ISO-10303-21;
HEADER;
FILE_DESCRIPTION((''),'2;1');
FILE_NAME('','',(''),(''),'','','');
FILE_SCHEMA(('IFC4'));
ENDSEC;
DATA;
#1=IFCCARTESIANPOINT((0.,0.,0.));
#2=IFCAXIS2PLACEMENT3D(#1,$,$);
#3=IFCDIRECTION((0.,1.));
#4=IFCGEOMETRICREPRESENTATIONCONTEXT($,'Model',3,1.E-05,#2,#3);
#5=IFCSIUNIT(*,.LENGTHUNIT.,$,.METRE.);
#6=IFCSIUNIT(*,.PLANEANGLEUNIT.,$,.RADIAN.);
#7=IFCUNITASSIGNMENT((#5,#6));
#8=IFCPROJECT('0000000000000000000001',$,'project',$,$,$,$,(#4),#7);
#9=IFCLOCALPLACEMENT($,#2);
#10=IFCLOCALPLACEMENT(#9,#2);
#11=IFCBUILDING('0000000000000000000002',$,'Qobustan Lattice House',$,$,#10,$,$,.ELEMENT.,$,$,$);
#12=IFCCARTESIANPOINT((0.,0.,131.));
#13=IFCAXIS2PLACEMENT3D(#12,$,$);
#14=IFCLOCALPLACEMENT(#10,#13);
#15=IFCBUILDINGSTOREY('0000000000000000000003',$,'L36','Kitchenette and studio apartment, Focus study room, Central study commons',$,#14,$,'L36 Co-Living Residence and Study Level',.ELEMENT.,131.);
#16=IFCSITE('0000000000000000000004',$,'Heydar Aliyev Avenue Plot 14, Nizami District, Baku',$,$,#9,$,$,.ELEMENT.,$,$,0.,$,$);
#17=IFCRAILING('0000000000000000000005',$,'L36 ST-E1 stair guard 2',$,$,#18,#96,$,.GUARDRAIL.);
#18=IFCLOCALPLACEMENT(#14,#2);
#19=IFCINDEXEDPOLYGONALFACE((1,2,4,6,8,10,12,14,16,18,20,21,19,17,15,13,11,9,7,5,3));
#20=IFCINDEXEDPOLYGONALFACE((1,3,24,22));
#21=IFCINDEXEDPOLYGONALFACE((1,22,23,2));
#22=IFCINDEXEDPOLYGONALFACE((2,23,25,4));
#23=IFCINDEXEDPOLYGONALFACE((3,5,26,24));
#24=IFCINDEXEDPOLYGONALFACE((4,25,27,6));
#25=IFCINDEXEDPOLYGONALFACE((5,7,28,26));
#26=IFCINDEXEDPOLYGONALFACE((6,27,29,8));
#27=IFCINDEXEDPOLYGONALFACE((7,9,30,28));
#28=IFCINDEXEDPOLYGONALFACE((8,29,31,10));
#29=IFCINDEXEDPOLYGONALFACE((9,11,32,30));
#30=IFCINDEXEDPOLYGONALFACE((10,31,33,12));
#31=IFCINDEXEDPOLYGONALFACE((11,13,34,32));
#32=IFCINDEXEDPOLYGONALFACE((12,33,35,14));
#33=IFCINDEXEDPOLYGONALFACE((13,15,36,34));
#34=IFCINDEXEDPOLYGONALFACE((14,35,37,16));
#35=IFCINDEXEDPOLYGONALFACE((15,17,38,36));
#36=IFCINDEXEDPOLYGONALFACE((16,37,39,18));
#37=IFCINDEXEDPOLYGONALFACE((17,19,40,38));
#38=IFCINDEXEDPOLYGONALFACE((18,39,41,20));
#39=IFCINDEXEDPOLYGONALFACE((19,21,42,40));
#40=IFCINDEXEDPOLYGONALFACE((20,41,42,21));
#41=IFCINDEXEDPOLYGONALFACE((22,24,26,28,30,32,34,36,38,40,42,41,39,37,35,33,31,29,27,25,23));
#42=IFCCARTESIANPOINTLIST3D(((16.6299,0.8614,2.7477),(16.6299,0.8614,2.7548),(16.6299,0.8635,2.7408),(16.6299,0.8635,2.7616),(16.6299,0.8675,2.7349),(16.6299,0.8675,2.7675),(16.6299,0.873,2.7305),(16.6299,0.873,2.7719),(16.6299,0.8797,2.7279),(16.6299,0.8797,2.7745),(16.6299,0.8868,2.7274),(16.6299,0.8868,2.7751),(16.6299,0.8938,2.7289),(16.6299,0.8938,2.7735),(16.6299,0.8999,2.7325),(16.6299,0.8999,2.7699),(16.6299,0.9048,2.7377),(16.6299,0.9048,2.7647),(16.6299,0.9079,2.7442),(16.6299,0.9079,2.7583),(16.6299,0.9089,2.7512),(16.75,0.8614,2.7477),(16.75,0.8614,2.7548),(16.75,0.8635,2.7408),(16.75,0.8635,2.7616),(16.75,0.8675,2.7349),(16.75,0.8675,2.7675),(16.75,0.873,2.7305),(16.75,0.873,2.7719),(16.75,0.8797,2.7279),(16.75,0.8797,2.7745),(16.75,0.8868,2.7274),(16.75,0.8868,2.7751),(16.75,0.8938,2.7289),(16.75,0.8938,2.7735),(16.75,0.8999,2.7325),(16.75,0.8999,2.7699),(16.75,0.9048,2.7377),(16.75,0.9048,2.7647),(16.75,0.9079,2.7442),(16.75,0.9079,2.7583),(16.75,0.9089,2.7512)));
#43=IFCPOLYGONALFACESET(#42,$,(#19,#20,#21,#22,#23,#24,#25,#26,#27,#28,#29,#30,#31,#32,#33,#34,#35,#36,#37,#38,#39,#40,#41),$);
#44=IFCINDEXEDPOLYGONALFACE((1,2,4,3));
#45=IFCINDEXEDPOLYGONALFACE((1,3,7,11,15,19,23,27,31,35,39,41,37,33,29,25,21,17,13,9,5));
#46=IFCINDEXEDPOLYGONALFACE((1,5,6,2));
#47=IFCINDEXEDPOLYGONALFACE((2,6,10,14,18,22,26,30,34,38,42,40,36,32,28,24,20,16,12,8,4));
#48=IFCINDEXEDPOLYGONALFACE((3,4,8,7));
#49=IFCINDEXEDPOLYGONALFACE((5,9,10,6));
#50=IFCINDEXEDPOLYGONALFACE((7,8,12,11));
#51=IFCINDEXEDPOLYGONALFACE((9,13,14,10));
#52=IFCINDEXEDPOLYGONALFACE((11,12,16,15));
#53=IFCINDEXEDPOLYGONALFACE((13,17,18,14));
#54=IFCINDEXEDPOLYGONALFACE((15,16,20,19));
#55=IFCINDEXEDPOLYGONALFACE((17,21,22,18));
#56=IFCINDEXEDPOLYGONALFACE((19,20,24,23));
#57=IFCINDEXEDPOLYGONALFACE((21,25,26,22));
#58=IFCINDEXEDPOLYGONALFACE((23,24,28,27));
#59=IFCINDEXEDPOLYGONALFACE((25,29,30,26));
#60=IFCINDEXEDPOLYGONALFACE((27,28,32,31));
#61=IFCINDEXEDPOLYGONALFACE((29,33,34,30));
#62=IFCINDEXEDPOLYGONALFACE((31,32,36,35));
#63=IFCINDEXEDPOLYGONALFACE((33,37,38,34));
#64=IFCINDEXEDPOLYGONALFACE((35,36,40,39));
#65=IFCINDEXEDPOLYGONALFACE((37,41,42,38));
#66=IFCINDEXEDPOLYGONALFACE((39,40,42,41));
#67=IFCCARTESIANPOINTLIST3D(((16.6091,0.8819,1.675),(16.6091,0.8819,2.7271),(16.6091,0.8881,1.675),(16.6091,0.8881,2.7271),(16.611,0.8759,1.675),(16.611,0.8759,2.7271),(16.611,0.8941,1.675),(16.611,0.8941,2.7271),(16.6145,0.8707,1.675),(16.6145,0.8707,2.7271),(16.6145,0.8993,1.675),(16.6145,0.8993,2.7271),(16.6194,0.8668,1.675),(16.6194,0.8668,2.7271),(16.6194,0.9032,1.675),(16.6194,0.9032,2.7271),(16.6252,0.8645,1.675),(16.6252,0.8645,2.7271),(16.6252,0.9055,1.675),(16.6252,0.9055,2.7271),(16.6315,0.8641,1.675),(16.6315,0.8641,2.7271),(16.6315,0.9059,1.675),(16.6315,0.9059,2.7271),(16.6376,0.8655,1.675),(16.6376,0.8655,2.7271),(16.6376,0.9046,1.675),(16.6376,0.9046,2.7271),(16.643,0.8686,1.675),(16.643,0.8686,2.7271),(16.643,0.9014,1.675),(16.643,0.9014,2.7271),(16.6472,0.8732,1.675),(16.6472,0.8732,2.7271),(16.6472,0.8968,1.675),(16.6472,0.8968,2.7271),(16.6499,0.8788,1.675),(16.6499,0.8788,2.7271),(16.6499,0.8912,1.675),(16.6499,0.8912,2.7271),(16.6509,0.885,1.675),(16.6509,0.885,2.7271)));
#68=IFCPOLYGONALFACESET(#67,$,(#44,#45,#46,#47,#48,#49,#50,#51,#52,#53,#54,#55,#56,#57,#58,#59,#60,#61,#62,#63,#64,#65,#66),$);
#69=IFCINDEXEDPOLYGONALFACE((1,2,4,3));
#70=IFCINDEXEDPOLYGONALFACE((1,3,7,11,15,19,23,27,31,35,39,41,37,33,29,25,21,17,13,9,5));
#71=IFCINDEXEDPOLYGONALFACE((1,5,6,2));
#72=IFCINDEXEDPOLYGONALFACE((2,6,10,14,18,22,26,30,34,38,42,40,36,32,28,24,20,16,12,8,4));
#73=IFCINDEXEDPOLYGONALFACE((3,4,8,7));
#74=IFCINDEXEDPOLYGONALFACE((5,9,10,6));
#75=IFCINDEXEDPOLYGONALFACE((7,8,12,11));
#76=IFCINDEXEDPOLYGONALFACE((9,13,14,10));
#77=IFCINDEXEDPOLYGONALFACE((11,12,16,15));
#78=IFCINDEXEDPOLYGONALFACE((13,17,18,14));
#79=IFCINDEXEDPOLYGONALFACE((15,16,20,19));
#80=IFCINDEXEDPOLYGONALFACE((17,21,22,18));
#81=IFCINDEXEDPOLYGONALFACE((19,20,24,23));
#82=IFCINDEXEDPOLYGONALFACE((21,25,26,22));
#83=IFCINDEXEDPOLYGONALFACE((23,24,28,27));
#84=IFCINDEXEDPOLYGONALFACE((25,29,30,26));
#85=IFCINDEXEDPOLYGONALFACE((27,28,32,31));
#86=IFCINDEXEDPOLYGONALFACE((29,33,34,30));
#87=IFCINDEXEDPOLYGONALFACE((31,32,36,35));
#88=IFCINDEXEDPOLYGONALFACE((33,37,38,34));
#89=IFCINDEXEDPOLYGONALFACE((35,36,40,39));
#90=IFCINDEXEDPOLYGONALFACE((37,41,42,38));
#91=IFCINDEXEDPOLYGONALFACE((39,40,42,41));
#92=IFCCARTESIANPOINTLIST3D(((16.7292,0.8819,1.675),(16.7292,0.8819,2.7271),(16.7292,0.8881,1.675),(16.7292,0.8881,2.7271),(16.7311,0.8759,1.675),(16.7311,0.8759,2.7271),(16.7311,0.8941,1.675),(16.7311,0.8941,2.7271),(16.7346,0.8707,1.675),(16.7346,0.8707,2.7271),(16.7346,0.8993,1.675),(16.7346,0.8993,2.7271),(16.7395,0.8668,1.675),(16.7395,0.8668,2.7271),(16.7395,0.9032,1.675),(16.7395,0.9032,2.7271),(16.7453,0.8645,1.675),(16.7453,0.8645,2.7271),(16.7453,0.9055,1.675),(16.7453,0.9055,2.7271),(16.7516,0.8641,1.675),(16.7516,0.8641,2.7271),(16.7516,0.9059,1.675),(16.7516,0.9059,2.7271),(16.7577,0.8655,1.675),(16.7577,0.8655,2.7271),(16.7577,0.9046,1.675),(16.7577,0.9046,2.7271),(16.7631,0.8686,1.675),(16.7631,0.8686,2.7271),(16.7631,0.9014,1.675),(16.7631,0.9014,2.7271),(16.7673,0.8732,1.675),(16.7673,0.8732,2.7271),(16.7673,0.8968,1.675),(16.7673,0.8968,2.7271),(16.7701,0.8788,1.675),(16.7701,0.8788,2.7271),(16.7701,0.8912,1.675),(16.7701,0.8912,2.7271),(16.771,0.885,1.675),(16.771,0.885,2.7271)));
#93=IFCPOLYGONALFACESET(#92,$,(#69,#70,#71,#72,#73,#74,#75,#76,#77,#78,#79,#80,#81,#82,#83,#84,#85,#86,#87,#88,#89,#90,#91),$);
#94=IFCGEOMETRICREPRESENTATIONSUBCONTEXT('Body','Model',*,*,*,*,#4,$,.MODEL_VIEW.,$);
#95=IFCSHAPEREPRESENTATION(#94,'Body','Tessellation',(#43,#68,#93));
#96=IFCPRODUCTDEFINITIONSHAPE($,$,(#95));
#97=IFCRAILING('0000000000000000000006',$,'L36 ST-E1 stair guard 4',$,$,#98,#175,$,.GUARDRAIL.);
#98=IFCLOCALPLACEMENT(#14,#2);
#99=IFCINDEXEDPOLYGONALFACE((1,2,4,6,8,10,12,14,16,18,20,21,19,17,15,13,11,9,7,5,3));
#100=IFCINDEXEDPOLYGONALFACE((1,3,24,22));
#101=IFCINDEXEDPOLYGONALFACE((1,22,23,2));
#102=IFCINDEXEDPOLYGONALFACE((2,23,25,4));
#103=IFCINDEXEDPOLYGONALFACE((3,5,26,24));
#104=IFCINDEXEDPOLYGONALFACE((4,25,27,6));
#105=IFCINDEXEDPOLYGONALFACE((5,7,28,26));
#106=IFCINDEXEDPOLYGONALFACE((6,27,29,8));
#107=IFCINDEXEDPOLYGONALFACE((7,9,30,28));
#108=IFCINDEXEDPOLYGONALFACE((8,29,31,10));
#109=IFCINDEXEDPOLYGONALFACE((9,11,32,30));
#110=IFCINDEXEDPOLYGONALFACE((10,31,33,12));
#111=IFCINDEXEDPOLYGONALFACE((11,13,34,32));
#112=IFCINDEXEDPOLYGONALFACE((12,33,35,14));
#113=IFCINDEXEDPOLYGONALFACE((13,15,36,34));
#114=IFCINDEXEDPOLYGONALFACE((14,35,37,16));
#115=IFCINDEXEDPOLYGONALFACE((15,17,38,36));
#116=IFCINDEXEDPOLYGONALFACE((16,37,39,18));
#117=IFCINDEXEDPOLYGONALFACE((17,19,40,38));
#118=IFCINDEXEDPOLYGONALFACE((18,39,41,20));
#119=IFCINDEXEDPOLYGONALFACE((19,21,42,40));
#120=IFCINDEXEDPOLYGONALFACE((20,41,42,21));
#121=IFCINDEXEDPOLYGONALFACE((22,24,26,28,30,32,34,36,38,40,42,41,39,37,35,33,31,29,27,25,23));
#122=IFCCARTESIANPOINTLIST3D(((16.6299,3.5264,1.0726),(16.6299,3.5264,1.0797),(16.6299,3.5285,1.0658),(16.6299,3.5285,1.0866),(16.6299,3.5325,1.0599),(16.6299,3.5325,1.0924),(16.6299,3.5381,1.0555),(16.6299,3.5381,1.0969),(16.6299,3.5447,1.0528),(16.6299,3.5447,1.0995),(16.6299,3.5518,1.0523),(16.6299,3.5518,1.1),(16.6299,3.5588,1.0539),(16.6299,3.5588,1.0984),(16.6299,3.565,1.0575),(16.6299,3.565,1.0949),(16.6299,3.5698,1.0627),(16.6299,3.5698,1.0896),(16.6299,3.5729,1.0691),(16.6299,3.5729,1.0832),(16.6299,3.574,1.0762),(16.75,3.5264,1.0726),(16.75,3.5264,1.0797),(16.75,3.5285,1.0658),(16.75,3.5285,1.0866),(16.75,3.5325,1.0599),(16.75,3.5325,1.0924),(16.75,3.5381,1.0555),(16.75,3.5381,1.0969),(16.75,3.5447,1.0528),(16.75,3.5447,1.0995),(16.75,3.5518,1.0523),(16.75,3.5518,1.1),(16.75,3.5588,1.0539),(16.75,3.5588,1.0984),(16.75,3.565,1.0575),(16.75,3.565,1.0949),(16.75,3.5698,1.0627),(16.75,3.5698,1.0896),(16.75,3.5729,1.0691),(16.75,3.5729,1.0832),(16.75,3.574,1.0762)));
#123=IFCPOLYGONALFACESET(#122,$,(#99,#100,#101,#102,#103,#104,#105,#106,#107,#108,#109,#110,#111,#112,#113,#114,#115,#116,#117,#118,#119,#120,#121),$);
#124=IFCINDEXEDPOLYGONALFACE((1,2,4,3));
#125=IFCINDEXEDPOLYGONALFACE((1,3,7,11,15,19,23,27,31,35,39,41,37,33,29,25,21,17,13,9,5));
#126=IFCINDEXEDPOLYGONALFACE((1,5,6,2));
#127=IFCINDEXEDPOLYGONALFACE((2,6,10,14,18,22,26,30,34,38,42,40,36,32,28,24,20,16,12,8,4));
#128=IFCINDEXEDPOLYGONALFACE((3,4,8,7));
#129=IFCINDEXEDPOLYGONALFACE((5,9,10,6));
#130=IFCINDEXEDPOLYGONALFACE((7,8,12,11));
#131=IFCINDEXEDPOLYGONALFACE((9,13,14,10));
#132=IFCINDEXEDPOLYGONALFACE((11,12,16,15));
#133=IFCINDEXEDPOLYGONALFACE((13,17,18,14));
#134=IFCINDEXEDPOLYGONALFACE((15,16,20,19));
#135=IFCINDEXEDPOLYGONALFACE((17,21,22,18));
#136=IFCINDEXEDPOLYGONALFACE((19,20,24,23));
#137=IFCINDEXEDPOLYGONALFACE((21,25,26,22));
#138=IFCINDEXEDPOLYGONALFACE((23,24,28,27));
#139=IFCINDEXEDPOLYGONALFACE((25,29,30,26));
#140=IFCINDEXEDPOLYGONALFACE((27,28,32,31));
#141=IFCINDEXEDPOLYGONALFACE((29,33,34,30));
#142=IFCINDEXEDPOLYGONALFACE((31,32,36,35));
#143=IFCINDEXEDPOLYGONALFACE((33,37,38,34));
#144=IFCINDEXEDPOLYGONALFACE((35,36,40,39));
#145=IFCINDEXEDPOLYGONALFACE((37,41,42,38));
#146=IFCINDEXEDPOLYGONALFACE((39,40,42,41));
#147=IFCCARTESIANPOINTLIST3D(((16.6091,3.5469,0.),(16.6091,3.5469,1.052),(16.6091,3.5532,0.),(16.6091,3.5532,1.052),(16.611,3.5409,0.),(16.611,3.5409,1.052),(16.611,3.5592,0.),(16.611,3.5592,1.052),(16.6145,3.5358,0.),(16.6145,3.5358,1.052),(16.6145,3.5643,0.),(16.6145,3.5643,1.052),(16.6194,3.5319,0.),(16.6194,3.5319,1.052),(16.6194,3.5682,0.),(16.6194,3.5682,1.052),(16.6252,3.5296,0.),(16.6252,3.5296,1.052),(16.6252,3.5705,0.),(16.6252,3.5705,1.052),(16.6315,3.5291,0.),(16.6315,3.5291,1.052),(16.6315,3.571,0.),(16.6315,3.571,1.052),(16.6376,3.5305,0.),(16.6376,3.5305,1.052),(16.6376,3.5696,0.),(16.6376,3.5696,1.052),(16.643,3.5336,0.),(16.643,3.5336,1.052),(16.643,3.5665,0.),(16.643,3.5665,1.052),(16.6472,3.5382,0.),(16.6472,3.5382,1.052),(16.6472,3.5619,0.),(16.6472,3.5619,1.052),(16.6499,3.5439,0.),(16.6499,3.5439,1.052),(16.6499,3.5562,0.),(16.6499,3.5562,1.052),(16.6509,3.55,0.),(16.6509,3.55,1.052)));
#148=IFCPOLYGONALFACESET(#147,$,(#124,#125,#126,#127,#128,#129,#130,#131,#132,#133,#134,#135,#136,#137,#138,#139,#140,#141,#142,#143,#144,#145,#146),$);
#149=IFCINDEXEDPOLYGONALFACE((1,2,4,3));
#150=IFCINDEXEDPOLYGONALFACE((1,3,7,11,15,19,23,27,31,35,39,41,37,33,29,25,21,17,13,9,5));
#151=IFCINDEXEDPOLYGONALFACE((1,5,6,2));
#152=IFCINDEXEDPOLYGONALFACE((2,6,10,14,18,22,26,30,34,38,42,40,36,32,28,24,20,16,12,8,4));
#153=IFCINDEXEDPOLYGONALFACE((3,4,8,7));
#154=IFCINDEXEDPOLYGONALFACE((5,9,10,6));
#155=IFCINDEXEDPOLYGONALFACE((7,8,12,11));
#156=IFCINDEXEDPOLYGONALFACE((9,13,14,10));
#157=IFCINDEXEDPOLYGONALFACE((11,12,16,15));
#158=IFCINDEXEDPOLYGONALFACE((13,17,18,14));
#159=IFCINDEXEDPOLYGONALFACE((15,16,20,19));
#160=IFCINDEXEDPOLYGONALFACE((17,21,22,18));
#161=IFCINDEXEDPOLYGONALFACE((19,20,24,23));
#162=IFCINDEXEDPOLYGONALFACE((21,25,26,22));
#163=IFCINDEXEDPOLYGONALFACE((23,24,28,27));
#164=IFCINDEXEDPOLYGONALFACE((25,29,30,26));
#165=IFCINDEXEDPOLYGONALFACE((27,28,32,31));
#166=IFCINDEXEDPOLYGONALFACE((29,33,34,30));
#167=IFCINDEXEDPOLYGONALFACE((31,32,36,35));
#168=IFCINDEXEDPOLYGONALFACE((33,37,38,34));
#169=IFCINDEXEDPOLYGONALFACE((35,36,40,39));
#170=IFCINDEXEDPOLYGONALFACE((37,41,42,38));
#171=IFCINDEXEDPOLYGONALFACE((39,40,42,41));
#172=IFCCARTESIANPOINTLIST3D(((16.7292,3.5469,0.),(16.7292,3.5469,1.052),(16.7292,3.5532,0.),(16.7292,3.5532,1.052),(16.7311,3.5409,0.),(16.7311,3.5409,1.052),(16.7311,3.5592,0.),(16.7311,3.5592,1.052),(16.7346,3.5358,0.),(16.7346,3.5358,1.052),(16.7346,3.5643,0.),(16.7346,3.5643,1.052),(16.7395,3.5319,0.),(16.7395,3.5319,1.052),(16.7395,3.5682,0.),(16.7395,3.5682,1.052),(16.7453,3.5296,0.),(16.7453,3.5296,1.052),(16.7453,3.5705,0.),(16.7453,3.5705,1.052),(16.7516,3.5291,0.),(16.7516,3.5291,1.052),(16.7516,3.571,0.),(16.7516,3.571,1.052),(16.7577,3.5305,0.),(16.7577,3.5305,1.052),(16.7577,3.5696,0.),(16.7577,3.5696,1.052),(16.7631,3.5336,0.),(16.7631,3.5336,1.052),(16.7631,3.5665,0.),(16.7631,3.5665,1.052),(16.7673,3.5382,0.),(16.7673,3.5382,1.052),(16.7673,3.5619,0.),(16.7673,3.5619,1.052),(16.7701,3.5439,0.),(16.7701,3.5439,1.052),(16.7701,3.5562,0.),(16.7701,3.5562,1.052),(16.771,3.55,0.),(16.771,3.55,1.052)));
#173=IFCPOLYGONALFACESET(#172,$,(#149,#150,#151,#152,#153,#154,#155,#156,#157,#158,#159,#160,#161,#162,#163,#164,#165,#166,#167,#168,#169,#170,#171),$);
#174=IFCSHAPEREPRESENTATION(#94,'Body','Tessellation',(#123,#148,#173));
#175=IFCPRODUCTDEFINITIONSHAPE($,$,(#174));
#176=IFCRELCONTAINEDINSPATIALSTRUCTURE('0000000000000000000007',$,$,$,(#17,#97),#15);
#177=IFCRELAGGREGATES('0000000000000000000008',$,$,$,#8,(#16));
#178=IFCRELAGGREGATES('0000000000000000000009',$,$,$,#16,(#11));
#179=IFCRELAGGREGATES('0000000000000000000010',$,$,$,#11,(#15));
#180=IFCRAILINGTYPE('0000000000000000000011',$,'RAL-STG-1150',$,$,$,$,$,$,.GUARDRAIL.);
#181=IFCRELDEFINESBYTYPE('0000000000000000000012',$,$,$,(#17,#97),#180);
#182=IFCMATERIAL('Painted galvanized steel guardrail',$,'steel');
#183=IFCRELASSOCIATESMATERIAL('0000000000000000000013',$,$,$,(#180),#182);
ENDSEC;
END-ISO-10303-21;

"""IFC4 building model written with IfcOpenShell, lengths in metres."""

from ifc_helpers import new_model, si_unit, direction, frame, origin, origin_2d, place, context, subcontext, project, spatial, circle, extrude, material, type_object, element, save


model = new_model("IFC4")

# Units and contexts
model_context = context("Model", 3, precision=1e-05, world=origin(), true_north=direction((0.0, 1.0)))
body_context = subcontext(model_context, "Body", "Model", "MODEL_VIEW")
ifc_project = project(units=[si_unit("LENGTHUNIT", "METRE"), si_unit("PLANEANGLEUNIT", "RADIAN")], contexts=[model_context])

# Site, building, storey
site_placement = place(None, origin())
site = spatial("IfcSite", under=ifc_project, at=site_placement, Name="Heydar Aliyev Avenue Plot 14, Nizami District, Baku", CompositionType="ELEMENT", RefElevation=0.0)
building_placement = place(site_placement, origin())
building = spatial("IfcBuilding", under=site, at=building_placement, Name="Qobustan Lattice House", CompositionType="ELEMENT")
storey_placement = place(building_placement, frame((0.0, 0.0, 131.0)))
storey = spatial("IfcBuildingStorey", under=building, at=storey_placement, Name="L36", Description="Kitchenette and studio apartment, Focus study room, Central study commons", LongName="L36 Co-Living Residence and Study Level", CompositionType="ELEMENT", Elevation=131.0)

# Railings
ifc_material_1 = material(Name="Painted galvanized steel guardrail", Category="steel")
railing_type_1 = type_object("IfcRailingType", Name="RAL-STG-1150", PredefinedType="GUARDRAIL", material=ifc_material_1)
for number, where, name in (
    (1, (16.6299, 0.885, 1.675), "L36 ST-E1 stair guard 2"),
    (2, (16.6299, 3.55, 0.0), "L36 ST-E1 stair guard 4"),
):
    element("IfcRailing", number, at=place(storey_placement, frame(where)), inside=storey, type_object=railing_type_1, Name=name, PredefinedType="GUARDRAIL", context=body_context, shape_type="SweptSolid", body=[
        extrude(circle(Radius=0.0239, at=origin_2d()), frame((0.0, 0.0, 1.0762), z_axis=(1.0, 0.0, 0.0), x_axis=(0.0, 1.0, 0.0)), (0.0, 0.0, 1.0), 0.1201),
        extrude(circle(Radius=0.021, at=origin_2d()), origin(), (0.0, 0.0, 1.0), 1.052),
        extrude(circle(Radius=0.021, at=origin_2d()), frame((0.1201, 0.0, 0.0)), (0.0, 0.0, 1.0), 1.052),
    ])

save(model, "model.ifc")
